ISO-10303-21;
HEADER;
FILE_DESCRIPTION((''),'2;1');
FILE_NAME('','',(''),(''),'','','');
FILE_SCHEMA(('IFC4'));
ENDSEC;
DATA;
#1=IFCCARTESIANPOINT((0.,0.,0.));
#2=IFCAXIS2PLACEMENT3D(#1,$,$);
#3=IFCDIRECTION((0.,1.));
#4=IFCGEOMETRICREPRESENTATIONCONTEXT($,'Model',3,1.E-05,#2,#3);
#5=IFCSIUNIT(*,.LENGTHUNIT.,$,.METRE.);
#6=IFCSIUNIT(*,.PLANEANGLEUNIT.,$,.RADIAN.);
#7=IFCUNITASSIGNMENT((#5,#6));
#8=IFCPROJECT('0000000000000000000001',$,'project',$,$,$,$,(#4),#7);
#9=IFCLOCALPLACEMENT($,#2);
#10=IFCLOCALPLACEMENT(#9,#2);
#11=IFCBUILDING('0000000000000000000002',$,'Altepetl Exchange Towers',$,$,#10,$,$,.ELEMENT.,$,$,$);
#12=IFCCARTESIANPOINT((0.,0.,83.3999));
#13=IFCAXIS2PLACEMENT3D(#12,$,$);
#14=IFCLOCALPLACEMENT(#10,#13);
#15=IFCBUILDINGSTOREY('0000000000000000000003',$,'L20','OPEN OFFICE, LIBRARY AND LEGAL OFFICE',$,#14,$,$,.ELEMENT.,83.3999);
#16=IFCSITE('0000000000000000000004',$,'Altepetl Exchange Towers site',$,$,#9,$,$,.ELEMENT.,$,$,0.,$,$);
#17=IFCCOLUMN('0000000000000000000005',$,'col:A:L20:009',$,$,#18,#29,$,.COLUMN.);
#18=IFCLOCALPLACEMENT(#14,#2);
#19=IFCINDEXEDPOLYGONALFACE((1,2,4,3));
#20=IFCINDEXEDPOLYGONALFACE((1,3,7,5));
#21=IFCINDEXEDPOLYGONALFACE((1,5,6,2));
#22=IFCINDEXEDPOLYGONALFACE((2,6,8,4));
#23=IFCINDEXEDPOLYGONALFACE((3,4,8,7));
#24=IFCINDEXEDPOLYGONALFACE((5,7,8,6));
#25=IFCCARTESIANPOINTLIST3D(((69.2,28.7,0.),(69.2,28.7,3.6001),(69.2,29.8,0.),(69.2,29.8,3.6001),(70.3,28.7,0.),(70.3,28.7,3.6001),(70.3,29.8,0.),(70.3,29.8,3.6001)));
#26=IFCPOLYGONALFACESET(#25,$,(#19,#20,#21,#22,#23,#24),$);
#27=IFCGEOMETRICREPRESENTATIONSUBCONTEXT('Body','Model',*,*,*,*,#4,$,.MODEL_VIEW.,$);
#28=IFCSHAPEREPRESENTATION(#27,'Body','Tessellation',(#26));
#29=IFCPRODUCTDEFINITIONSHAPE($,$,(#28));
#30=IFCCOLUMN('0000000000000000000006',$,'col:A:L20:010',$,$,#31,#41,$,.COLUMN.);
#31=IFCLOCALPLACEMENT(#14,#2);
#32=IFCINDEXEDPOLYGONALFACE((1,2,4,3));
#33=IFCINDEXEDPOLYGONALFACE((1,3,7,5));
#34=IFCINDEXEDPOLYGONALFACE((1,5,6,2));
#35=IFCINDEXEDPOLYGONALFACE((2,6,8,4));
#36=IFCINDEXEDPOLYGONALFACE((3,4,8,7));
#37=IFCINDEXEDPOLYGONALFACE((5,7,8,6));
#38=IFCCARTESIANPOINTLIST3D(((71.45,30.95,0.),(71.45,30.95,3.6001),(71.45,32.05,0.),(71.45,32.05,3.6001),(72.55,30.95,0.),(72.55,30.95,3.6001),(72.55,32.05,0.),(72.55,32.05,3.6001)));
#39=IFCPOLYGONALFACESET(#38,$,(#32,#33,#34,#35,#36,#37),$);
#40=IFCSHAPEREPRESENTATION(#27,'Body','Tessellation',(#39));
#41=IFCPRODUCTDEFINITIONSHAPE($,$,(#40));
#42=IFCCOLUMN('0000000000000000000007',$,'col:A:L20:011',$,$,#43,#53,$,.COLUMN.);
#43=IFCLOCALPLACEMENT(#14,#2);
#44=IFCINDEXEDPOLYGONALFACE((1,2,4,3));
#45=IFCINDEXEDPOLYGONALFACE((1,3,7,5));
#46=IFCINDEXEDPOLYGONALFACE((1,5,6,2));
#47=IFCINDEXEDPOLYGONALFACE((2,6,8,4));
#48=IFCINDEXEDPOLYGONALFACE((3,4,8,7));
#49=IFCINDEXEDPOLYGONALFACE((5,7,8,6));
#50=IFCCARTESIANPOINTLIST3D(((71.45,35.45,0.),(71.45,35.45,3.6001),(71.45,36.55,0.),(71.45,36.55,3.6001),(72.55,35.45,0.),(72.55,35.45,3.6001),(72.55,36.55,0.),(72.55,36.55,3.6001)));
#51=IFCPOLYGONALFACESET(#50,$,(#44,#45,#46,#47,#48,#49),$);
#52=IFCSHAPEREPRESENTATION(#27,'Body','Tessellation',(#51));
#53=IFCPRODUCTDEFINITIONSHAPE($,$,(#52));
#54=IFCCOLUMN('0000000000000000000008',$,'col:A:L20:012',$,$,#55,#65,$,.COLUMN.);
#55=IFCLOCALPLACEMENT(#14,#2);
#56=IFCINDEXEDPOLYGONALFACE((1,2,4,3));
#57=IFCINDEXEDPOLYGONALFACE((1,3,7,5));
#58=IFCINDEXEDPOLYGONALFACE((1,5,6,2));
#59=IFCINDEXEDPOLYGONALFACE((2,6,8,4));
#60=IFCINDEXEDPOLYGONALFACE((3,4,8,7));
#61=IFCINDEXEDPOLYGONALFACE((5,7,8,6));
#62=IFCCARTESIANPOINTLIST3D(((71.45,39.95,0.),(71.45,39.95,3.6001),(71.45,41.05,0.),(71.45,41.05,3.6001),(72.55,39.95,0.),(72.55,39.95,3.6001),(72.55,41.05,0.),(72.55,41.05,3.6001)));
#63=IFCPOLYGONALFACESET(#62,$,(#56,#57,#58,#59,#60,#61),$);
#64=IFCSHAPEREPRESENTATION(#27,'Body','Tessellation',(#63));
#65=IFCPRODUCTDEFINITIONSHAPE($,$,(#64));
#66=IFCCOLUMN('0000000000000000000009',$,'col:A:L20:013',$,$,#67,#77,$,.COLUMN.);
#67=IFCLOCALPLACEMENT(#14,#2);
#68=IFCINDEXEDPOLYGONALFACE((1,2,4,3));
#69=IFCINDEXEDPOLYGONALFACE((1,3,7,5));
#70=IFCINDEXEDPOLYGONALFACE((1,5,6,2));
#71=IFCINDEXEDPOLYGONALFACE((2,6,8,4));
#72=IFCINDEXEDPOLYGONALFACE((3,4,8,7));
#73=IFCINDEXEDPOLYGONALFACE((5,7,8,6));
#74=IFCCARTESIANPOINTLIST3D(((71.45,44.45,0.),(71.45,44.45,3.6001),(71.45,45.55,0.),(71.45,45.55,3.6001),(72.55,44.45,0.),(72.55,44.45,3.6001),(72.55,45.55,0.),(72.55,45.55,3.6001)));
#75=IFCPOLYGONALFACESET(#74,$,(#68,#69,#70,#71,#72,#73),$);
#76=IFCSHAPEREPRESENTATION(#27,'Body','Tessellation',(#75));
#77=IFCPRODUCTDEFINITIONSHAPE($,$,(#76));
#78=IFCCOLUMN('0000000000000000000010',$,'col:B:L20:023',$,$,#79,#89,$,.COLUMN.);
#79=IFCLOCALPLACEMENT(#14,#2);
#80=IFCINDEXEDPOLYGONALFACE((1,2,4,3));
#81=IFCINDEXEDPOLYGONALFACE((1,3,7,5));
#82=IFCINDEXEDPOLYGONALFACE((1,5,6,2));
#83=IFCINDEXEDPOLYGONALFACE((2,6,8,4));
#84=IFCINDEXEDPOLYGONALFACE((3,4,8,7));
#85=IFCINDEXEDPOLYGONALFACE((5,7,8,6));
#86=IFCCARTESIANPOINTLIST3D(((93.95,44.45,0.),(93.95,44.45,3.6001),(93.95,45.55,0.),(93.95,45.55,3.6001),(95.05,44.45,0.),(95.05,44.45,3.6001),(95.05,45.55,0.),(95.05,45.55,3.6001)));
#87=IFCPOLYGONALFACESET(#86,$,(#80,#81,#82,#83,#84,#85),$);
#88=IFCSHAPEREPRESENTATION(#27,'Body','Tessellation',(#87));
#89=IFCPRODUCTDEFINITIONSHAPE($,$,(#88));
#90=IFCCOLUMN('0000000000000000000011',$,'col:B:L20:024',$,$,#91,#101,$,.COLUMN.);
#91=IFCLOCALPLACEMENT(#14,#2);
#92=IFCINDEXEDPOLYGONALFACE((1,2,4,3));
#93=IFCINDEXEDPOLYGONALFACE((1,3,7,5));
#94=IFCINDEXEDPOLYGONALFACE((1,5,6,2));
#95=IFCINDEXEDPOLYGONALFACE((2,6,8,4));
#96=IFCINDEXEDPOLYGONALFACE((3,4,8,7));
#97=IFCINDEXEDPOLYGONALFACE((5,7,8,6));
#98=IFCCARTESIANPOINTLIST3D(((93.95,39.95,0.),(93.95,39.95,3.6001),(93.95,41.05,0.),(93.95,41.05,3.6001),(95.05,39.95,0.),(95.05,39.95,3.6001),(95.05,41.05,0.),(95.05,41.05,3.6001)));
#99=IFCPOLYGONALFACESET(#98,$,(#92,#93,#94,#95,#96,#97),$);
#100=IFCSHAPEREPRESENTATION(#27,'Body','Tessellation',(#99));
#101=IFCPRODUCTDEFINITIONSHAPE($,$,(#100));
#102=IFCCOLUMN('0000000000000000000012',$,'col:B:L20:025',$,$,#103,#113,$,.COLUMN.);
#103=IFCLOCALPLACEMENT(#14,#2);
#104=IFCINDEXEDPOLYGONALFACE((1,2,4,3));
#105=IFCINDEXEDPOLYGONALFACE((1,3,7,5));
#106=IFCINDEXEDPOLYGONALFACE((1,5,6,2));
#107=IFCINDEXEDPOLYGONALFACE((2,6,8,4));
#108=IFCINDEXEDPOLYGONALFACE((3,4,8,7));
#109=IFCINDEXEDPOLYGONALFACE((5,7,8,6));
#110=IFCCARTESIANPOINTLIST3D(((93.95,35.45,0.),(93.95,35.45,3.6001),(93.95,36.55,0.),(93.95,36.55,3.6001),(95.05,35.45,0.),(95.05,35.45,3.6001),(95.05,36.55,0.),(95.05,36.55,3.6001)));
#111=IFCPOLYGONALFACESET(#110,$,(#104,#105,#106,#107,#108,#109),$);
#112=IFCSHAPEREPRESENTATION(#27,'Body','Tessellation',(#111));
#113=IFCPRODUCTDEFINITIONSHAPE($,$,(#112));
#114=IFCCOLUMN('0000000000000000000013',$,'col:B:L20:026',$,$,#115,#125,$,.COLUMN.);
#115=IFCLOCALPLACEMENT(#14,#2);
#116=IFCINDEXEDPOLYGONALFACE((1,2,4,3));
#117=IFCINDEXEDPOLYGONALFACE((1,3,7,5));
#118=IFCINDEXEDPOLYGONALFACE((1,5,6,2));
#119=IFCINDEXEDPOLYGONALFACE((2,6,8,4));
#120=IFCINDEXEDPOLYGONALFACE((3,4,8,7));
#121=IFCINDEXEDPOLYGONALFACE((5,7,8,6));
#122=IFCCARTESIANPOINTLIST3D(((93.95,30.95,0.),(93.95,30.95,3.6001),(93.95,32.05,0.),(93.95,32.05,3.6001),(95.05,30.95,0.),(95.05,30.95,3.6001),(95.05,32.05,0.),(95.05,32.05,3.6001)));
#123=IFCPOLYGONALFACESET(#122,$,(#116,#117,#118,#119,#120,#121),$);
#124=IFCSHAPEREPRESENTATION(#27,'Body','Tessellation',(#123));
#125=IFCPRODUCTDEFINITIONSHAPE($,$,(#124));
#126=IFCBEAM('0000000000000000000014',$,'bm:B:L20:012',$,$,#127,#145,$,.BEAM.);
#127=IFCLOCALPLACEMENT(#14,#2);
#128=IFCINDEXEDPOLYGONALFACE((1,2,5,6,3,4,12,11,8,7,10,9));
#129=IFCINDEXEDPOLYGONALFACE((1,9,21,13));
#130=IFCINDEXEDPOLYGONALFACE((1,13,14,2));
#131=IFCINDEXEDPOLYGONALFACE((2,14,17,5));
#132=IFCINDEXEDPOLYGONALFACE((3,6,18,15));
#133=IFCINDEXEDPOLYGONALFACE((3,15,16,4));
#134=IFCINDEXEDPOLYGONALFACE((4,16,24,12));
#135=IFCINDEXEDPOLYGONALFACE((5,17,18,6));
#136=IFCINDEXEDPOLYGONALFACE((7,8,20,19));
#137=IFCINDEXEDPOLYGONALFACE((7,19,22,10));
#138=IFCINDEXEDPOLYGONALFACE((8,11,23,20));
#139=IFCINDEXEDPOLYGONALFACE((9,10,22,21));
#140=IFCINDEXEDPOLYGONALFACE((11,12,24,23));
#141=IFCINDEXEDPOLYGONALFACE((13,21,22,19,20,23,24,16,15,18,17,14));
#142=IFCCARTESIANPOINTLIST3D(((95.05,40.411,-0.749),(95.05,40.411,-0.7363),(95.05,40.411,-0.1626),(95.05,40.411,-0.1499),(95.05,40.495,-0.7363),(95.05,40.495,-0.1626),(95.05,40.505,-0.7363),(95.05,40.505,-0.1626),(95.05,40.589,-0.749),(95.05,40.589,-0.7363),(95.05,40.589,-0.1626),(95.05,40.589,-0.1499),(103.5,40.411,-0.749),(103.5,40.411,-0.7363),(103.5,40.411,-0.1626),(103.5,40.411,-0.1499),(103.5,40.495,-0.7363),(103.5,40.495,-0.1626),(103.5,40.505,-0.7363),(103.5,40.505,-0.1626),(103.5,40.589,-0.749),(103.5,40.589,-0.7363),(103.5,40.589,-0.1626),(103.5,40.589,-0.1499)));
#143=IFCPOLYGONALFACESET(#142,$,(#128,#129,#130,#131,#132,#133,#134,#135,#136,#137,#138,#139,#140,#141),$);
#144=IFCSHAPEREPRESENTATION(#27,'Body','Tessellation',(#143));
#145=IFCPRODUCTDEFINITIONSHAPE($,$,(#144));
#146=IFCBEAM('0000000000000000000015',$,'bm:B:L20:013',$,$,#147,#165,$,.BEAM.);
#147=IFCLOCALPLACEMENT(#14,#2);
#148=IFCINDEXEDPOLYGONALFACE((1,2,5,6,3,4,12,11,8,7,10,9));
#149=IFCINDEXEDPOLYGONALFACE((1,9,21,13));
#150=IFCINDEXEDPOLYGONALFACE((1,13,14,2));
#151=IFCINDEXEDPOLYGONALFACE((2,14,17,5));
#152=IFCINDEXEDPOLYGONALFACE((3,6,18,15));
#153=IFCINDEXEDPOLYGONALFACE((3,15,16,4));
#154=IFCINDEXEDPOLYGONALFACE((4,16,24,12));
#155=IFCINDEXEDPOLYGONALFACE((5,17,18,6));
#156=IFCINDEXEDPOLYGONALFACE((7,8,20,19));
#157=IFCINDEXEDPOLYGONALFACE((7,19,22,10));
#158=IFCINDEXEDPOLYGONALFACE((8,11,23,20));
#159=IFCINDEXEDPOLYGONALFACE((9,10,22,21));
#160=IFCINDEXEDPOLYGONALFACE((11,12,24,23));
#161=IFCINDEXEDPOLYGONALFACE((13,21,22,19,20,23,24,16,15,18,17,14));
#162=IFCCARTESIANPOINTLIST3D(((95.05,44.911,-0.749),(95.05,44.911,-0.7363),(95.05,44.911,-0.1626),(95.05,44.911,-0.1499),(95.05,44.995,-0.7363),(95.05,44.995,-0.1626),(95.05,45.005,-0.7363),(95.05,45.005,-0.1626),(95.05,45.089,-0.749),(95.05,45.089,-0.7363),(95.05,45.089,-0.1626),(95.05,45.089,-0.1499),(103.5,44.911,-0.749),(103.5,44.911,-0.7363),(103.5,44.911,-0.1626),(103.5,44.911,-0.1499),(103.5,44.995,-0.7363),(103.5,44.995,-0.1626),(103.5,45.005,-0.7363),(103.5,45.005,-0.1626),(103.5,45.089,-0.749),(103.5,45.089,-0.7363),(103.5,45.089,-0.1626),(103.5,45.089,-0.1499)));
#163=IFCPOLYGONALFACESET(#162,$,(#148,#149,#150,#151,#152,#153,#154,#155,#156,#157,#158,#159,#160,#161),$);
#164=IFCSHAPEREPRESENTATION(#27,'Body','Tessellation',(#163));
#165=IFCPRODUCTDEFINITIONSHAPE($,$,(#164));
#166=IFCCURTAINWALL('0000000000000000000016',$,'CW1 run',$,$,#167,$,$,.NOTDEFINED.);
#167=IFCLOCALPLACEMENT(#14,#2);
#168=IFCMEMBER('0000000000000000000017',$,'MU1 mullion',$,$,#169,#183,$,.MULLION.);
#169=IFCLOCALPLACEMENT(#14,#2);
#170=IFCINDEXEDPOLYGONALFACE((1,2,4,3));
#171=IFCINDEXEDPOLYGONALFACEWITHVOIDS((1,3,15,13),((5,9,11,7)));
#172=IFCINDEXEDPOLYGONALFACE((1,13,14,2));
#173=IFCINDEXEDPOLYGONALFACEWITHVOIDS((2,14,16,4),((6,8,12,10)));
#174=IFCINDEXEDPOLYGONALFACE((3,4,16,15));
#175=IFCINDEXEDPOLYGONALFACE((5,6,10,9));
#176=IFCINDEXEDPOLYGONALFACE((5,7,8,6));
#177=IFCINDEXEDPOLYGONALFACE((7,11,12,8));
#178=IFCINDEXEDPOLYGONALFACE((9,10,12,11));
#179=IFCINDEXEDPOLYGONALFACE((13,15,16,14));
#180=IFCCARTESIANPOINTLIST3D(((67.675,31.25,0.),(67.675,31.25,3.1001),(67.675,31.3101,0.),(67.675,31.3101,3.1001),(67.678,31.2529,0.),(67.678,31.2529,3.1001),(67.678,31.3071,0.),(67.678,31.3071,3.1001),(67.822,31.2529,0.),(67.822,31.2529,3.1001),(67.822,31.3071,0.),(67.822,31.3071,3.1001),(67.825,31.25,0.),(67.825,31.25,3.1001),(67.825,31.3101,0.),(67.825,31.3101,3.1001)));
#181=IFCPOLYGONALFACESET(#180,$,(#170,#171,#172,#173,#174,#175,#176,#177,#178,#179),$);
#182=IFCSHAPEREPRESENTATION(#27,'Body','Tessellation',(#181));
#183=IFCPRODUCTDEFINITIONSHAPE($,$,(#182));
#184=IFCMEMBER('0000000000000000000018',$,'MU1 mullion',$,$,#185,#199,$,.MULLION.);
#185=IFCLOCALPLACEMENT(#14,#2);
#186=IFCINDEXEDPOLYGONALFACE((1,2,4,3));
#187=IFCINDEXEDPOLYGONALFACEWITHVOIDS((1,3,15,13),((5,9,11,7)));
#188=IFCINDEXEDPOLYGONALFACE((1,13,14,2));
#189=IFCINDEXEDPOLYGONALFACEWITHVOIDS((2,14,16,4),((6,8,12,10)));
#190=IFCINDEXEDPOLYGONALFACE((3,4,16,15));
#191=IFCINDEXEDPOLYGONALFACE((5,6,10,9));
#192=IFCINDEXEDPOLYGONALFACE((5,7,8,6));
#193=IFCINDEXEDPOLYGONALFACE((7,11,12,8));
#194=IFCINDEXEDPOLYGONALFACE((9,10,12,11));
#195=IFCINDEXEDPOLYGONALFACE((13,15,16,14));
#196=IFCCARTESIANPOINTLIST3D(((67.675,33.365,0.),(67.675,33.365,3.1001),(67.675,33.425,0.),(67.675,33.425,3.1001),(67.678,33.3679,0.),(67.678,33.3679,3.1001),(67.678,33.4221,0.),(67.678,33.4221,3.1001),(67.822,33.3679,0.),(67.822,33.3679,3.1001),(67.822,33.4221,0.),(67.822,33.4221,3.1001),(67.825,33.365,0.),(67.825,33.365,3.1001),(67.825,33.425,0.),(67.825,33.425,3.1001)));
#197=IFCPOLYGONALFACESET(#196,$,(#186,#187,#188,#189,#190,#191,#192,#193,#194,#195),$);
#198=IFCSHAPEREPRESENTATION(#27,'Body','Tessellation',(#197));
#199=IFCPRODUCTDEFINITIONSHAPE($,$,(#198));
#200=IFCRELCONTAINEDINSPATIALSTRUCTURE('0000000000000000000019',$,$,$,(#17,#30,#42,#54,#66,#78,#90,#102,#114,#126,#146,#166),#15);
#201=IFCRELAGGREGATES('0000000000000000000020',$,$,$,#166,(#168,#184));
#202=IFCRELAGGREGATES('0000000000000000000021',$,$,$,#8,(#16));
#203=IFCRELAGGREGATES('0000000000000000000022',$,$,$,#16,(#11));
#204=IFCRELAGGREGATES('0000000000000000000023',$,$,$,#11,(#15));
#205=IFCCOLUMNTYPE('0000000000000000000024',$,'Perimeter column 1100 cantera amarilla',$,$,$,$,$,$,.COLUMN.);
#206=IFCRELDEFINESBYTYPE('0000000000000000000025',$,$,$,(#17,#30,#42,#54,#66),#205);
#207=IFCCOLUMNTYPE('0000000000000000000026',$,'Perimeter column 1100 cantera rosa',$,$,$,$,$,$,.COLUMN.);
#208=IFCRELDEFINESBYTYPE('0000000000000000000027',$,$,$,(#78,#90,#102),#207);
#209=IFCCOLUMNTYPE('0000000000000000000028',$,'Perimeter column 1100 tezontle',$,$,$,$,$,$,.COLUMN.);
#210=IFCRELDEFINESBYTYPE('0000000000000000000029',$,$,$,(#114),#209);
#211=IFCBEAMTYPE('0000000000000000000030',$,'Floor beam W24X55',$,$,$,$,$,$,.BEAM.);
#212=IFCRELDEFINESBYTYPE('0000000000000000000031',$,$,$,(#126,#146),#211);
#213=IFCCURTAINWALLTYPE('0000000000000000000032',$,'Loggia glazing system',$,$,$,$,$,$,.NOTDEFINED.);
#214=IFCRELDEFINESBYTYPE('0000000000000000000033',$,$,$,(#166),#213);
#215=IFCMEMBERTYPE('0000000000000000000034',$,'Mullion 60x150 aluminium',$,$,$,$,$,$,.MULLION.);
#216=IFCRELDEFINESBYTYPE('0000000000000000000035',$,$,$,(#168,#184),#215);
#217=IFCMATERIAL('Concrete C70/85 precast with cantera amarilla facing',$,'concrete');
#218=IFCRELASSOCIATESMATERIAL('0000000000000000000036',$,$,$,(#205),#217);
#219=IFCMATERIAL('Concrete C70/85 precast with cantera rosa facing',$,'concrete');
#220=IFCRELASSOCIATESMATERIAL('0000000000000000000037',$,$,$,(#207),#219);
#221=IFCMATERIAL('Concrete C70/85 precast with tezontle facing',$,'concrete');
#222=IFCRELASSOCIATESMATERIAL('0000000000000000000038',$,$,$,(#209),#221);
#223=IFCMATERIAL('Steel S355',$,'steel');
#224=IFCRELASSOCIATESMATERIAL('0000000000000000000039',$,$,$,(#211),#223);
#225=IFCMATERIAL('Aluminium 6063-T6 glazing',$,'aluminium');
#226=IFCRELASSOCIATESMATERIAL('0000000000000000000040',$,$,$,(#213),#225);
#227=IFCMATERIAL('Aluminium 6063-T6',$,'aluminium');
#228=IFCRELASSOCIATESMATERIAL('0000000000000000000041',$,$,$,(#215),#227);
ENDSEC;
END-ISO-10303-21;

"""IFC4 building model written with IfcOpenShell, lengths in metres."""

from ifc_helpers import new_model, si_unit, direction, frame, origin, origin_2d, place, context, subcontext, project, spatial, rectangle, hollow_rectangle, i_section, extrude, material, material_profile, profile_set, type_object, element, aggregate, save


model = new_model("IFC4")

# Units and contexts
model_context = context("Model", 3, precision=1e-05, world=origin(), true_north=direction((0.0, 1.0)))
body_context = subcontext(model_context, "Body", "Model", "MODEL_VIEW")
ifc_project = project(units=[si_unit("LENGTHUNIT", "METRE"), si_unit("PLANEANGLEUNIT", "RADIAN")], contexts=[model_context])

# Site, building, storey
site_placement = place(None, origin())
site = spatial("IfcSite", under=ifc_project, at=site_placement, Name="Altepetl Exchange Towers site", CompositionType="ELEMENT", RefElevation=0.0)
building_placement = place(site_placement, origin())
building = spatial("IfcBuilding", under=site, at=building_placement, Name="Altepetl Exchange Towers", CompositionType="ELEMENT")
storey_placement = place(building_placement, frame((0.0, 0.0, 83.3999)))
storey = spatial("IfcBuildingStorey", under=building, at=storey_placement, Name="L20", Description="OPEN OFFICE, LIBRARY AND LEGAL OFFICE", CompositionType="ELEMENT", Elevation=83.3999)

# Columns
ifc_material_1 = material(Name="Concrete C70/85 precast with cantera amarilla facing", Category="concrete")
ifc_material_profile_1 = material_profile(ifc_material_1, rectangle(XDim=1.1001, YDim=1.1001, at=origin_2d()), Name="1100 x 1100")
ifc_profile_set_1 = profile_set([ifc_material_profile_1], Name="Concrete C70/85 precast with cantera amarilla facing")
column_type_1 = type_object("IfcColumnType", Name="Perimeter column 1100 cantera amarilla", PredefinedType="COLUMN", material=ifc_profile_set_1)
for number, where, name in (
    (1, (69.75, 29.25, 0.0), "col:A:L20:009"),
    (2, (72.0, 31.5, 0.0), "col:A:L20:010"),
    (3, (72.0, 36.0, 0.0), "col:A:L20:011"),
    (4, (72.0, 40.5, 0.0), "col:A:L20:012"),
    (5, (72.0, 45.0, 0.0), "col:A:L20:013"),
):
    element("IfcColumn", number, at=place(storey_placement, frame(where)), inside=storey, type_object=column_type_1, Name=name, PredefinedType="COLUMN", context=body_context, shape_type="SweptSolid", body=[
        extrude(rectangle(XDim=1.1001, YDim=1.1001, at=origin_2d()), origin(), (0.0, 0.0, 1.0), 3.6001),
    ])
ifc_material_2 = material(Name="Concrete C70/85 precast with cantera rosa facing", Category="concrete")
ifc_material_profile_2 = material_profile(ifc_material_2, rectangle(XDim=1.1001, YDim=1.1001, at=origin_2d()), Name="1100 x 1100")
ifc_profile_set_2 = profile_set([ifc_material_profile_2], Name="Concrete C70/85 precast with cantera rosa facing")
column_type_2 = type_object("IfcColumnType", Name="Perimeter column 1100 cantera rosa", PredefinedType="COLUMN", material=ifc_profile_set_2)
for number, where, name in (
    (6, (94.5, 45.0, 0.0), "col:B:L20:023"),
    (7, (94.5, 40.5, 0.0), "col:B:L20:024"),
    (8, (94.5, 36.0, 0.0), "col:B:L20:025"),
):
    element("IfcColumn", number, at=place(storey_placement, frame(where)), inside=storey, type_object=column_type_2, Name=name, PredefinedType="COLUMN", context=body_context, shape_type="SweptSolid", body=[
        extrude(rectangle(XDim=1.1001, YDim=1.1001, at=origin_2d()), origin(), (0.0, 0.0, 1.0), 3.6001),
    ])
ifc_material_3 = material(Name="Concrete C70/85 precast with tezontle facing", Category="concrete")
ifc_material_profile_3 = material_profile(ifc_material_3, rectangle(XDim=1.1001, YDim=1.1001, at=origin_2d()), Name="1100 x 1100")
ifc_profile_set_3 = profile_set([ifc_material_profile_3], Name="Concrete C70/85 precast with tezontle facing")
column_type_3 = type_object("IfcColumnType", Name="Perimeter column 1100 tezontle", PredefinedType="COLUMN", material=ifc_profile_set_3)
column_placement = place(storey_placement, frame((94.5, 31.5, 0.0)))
element("IfcColumn", 9, at=column_placement, inside=storey, type_object=column_type_3, Name="col:B:L20:026", PredefinedType="COLUMN", context=body_context, shape_type="SweptSolid", body=[
    extrude(rectangle(XDim=1.1001, YDim=1.1001, at=origin_2d()), origin(), (0.0, 0.0, 1.0), 3.6001),
])

# Beams
ifc_material_4 = material(Name="Steel S355", Category="steel")
ifc_material_profile_4 = material_profile(ifc_material_4, i_section(OverallWidth=0.178, OverallDepth=0.5991, WebThickness=0.01, FlangeThickness=0.0127, at=origin_2d()), Name="W24X55")
ifc_profile_set_4 = profile_set([ifc_material_profile_4], Name="Steel S355")
beam_type_1 = type_object("IfcBeamType", Name="Floor beam W24X55", PredefinedType="BEAM", material=ifc_profile_set_4)
for number, where, z_axis, x_axis, name in (
    (10, (95.05, 40.5, -0.4495), (1.0, 0.0, 0.0), (0.0, 1.0, 0.0), "bm:B:L20:012"),
    (11, (95.05, 45.0, -0.4495), (1.0, 0.0, 0.0), (0.0, 1.0, 0.0), "bm:B:L20:013"),
):
    element("IfcBeam", number, at=place(storey_placement, frame(where, z_axis=z_axis, x_axis=x_axis)), inside=storey, type_object=beam_type_1, Name=name, PredefinedType="BEAM", context=body_context, shape_type="SweptSolid", body=[
        extrude(i_section(OverallWidth=0.178, OverallDepth=0.5991, WebThickness=0.01, FlangeThickness=0.0127, at=origin_2d()), origin(), (0.0, 0.0, 1.0), 8.45),
    ])

# Curtain wall, members
ifc_material_5 = material(Name="Aluminium 6063-T6 glazing", Category="aluminium")
curtain_wall_type = type_object("IfcCurtainWallType", Name="Loggia glazing system", PredefinedType="NOTDEFINED", material=ifc_material_5)
curtain_wall_1_placement = place(storey_placement, origin())
curtain_wall_1 = element("IfcCurtainWall", 12, at=curtain_wall_1_placement, inside=storey, type_object=curtain_wall_type, Name="CW1 run", PredefinedType="NOTDEFINED")
ifc_material_6 = material(Name="Aluminium 6063-T6", Category="aluminium")
ifc_material_profile_5 = material_profile(ifc_material_6, hollow_rectangle(XDim=0.0601, YDim=0.1499, WallThickness=0.0029, at=origin_2d()), Name="Mullion 60x150 aluminium")
ifc_profile_set_5 = profile_set([ifc_material_profile_5], Name="Aluminium 6063-T6")
member_type = type_object("IfcMemberType", Name="Mullion 60x150 aluminium", PredefinedType="MULLION", material=ifc_profile_set_5)
member_1_placement = place(storey_placement, frame((67.75, 31.28, 0.0), z_axis=(0.0, 0.0, 1.0), x_axis=(0.0, 1.0, 0.0)))
member_1 = element("IfcMember", 13, at=member_1_placement, type_object=member_type, Name="MU1 mullion", PredefinedType="MULLION", context=body_context, shape_type="SweptSolid", body=[
    extrude(hollow_rectangle(XDim=0.0601, YDim=0.1499, WallThickness=0.0029, at=origin_2d()), origin(), (0.0, 0.0, 1.0), 3.1001),
])
member_2_placement = place(storey_placement, frame((67.75, 33.395, 0.0), z_axis=(0.0, 0.0, 1.0), x_axis=(0.0, 1.0, 0.0)))
member_2 = element("IfcMember", 14, at=member_2_placement, type_object=member_type, Name="MU1 mullion", PredefinedType="MULLION", context=body_context, shape_type="SweptSolid", body=[
    extrude(hollow_rectangle(XDim=0.0601, YDim=0.1499, WallThickness=0.0029, at=origin_2d()), origin(), (0.0, 0.0, 1.0), 3.1001),
])

aggregate(curtain_wall_1, [member_1, member_2])

save(model, "model.ifc")
